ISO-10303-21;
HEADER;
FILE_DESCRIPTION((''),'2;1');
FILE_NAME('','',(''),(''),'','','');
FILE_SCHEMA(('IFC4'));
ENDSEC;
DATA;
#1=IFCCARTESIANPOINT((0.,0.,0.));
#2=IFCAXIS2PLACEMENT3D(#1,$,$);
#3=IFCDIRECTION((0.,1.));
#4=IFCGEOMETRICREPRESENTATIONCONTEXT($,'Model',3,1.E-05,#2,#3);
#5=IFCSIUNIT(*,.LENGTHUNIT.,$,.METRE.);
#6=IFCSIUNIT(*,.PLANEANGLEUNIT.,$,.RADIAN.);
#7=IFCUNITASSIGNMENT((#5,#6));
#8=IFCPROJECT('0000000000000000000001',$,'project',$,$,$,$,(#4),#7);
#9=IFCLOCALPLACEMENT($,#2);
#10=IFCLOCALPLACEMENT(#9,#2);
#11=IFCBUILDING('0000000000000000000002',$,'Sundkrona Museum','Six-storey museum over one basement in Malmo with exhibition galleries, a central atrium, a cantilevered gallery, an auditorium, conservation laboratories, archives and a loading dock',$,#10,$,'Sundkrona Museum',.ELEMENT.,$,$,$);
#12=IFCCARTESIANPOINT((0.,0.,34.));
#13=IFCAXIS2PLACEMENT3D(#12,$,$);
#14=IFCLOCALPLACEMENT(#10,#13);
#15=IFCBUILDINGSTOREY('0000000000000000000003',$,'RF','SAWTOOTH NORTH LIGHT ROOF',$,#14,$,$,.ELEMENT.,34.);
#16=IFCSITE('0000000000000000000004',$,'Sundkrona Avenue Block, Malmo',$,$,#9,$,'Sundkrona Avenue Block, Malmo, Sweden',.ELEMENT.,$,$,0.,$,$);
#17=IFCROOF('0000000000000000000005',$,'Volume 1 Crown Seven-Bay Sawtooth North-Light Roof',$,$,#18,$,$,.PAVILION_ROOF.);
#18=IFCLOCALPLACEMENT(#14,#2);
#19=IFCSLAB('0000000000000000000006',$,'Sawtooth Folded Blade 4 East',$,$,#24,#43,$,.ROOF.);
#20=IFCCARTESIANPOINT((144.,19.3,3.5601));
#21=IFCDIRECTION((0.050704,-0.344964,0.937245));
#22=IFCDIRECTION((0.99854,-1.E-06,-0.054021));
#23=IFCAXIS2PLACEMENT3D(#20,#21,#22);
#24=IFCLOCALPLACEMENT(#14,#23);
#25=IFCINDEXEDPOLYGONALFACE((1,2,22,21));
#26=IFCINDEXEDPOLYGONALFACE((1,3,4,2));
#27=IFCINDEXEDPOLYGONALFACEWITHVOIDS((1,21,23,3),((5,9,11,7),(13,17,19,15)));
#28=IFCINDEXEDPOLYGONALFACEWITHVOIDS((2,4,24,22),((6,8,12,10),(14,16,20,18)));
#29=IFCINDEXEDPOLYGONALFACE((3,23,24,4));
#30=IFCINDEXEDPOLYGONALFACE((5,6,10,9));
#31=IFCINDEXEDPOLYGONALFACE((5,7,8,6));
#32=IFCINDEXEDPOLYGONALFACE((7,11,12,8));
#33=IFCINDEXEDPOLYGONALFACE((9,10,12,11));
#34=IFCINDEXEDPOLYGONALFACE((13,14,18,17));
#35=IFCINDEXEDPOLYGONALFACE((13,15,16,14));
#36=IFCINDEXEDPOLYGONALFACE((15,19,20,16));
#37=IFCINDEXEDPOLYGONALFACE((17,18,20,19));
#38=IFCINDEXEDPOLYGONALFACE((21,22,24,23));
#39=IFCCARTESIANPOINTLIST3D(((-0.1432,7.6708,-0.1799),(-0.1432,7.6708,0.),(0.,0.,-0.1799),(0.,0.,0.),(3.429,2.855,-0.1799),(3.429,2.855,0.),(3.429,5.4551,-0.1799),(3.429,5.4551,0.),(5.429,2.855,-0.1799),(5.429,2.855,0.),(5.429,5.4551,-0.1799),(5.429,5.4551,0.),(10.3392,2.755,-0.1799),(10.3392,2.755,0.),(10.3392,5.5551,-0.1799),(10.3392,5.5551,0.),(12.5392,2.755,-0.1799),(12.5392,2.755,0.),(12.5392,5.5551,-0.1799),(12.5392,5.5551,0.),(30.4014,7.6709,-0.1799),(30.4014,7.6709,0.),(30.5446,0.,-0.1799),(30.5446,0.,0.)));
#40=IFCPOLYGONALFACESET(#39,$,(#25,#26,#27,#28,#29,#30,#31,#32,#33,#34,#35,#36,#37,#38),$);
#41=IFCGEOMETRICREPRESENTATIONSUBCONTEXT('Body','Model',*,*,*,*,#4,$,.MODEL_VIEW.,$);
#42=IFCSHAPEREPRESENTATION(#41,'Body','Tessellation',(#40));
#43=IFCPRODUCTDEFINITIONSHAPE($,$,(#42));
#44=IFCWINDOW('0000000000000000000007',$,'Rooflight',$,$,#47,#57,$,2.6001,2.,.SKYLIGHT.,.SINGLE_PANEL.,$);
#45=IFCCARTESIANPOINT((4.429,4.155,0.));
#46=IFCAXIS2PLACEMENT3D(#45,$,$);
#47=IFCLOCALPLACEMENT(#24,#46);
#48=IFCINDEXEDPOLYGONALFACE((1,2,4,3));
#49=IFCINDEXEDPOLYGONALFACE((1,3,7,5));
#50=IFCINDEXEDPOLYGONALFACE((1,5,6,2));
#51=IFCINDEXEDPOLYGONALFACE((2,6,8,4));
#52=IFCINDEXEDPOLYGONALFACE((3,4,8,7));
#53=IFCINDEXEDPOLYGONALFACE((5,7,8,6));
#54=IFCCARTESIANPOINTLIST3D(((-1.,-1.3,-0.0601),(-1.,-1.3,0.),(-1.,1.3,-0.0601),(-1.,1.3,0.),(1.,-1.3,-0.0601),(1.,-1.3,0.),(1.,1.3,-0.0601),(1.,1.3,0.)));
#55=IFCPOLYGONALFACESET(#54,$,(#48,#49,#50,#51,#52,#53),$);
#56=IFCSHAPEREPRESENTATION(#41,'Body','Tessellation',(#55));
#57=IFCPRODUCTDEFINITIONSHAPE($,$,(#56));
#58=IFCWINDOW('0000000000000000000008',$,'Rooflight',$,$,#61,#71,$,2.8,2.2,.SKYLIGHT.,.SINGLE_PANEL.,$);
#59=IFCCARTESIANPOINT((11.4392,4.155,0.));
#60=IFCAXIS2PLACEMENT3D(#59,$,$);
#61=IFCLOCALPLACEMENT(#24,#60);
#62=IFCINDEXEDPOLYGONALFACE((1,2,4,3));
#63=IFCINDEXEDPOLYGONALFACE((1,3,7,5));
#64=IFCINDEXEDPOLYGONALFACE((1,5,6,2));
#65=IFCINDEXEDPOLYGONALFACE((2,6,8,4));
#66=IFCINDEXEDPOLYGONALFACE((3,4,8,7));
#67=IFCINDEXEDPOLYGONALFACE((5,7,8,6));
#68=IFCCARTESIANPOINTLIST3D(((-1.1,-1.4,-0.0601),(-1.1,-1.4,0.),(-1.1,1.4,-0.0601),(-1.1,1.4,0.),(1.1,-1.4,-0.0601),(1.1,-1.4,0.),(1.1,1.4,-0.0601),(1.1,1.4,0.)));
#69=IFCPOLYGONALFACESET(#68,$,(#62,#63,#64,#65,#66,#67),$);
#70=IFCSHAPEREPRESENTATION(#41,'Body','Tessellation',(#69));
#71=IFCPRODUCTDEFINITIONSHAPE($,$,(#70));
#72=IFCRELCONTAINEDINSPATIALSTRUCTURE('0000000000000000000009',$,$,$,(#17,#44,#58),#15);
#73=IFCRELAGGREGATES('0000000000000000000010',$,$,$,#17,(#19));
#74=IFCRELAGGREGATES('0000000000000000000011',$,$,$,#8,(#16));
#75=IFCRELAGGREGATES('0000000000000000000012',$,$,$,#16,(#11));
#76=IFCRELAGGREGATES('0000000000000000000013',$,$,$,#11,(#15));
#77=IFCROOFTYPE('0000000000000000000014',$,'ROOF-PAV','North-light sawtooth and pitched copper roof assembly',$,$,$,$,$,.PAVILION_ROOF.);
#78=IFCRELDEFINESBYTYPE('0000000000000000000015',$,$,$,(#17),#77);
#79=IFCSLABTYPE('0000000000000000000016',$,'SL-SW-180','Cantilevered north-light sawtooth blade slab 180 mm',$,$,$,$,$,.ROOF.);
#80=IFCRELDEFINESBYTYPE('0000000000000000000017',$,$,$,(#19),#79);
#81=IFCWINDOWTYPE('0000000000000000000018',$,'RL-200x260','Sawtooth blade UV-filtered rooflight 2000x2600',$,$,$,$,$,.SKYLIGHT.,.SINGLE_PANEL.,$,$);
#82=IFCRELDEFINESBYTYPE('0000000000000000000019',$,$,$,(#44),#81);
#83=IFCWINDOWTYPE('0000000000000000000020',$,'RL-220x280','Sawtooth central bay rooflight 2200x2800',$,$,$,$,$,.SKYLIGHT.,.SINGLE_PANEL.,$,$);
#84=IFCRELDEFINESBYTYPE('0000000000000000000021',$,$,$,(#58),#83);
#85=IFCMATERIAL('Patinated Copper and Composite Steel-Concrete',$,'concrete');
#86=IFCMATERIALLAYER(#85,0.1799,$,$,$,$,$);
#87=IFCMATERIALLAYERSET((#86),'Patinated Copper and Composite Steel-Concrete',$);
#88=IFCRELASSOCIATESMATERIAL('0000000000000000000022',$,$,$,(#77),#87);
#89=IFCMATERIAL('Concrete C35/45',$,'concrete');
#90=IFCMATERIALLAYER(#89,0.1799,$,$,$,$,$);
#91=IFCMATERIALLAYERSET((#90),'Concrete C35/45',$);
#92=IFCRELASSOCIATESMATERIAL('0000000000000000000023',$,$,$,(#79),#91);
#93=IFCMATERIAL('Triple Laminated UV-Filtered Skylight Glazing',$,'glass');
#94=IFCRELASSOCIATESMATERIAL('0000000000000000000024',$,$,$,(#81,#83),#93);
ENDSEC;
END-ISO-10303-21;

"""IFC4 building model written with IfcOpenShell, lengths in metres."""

from ifc_helpers import new_model, si_unit, direction, frame, origin, origin_2d, place, context, subcontext, project, spatial, polyline, rectangle, outline, extrude, material, layer, layer_set, type_object, element, fill, aggregate, save


model = new_model("IFC4")

# Units and contexts
model_context = context("Model", 3, precision=1e-05, world=origin(), true_north=direction((0.0, 1.0)))
body_context = subcontext(model_context, "Body", "Model", "MODEL_VIEW")
ifc_project = project(units=[si_unit("LENGTHUNIT", "METRE"), si_unit("PLANEANGLEUNIT", "RADIAN")], contexts=[model_context])

# Site, building, storey
site_placement = place(None, origin())
site = spatial("IfcSite", under=ifc_project, at=site_placement, Name="Sundkrona Avenue Block, Malmo", LongName="Sundkrona Avenue Block, Malmo, Sweden", CompositionType="ELEMENT", RefElevation=0.0)
building_placement = place(site_placement, origin())
building = spatial("IfcBuilding", under=site, at=building_placement, Name="Sundkrona Museum", Description="Six-storey museum over one basement in Malmo with exhibition galleries, a central atrium, a cantilevered gallery, an auditorium, conservation laboratories, archives and a loading dock", LongName="Sundkrona Museum", CompositionType="ELEMENT")
storey_placement = place(building_placement, frame((0.0, 0.0, 34.0)))
storey = spatial("IfcBuildingStorey", under=building, at=storey_placement, Name="RF", Description="SAWTOOTH NORTH LIGHT ROOF", CompositionType="ELEMENT", Elevation=34.0)

# Roof, slab, openings, windows
ifc_material_1 = material(Name="Patinated Copper and Composite Steel-Concrete", Category="concrete")
ifc_layer_1 = layer(ifc_material_1, 0.1799)
ifc_layer_set_1 = layer_set([ifc_layer_1], Name="Patinated Copper and Composite Steel-Concrete")
roof_type = type_object("IfcRoofType", Name="ROOF-PAV", Description="North-light sawtooth and pitched copper roof assembly", PredefinedType="PAVILION_ROOF", material=ifc_layer_set_1)
roof_placement = place(storey_placement, origin())
roof = element("IfcRoof", 1, at=roof_placement, inside=storey, type_object=roof_type, Name="Volume 1 Crown Seven-Bay Sawtooth North-Light Roof", PredefinedType="PAVILION_ROOF")
ifc_material_2 = material(Name="Concrete C35/45", Category="concrete")
ifc_layer_2 = layer(ifc_material_2, 0.1799)
ifc_layer_set_2 = layer_set([ifc_layer_2], Name="Concrete C35/45")
slab_type = type_object("IfcSlabType", Name="SL-SW-180", Description="Cantilevered north-light sawtooth blade slab 180 mm", PredefinedType="ROOF", material=ifc_layer_set_2)
slab_placement = place(storey_placement, frame((144.0, 19.3, 3.5601), z_axis=(0.050704, -0.344964, 0.937245), x_axis=(0.99854, -0.000001, -0.054021)))
slab = element("IfcSlab", 2, at=slab_placement, type_object=slab_type, Name="Sawtooth Folded Blade 4 East", PredefinedType="ROOF", context=body_context, shape_type="SweptSolid", body=[
    extrude(outline(polyline([(0.0, 0.0), (30.5446, 0.0), (30.4014, 7.6709), (-0.1432, 7.6708), (0.0, 0.0)])), origin(), (0.0, 0.0, -1.0), 0.1799),
])
opening_1_placement = place(slab_placement, frame((4.429, 4.155, 0.01)))
opening_1 = element("IfcOpeningElement", 3, at=opening_1_placement, cuts=slab, PredefinedType="OPENING", context=body_context, shape_type="SweptSolid", body=[
    extrude(rectangle(XDim=2.0, YDim=2.6001, at=origin_2d()), origin(), (0.0, 0.0, -1.0), 0.2),
])
opening_2_placement = place(slab_placement, frame((11.4392, 4.155, 0.01)))
opening_2 = element("IfcOpeningElement", 4, at=opening_2_placement, cuts=slab, PredefinedType="OPENING", context=body_context, shape_type="SweptSolid", body=[
    extrude(rectangle(XDim=2.2, YDim=2.8, at=origin_2d()), origin(), (0.0, 0.0, -1.0), 0.2),
])
ifc_material_3 = material(Name="Triple Laminated UV-Filtered Skylight Glazing", Category="glass")
window_type_1 = type_object("IfcWindowType", Name="RL-200x260", Description="Sawtooth blade UV-filtered rooflight 2000x2600", PartitioningType="SINGLE_PANEL", PredefinedType="SKYLIGHT", material=ifc_material_3)
window_1_placement = place(slab_placement, frame((4.429, 4.155, 0.0)))
window_1 = element("IfcWindow", 5, at=window_1_placement, inside=storey, type_object=window_type_1, Name="Rooflight", OverallHeight=2.6001, OverallWidth=2.0, PartitioningType="SINGLE_PANEL", PredefinedType="SKYLIGHT", context=body_context, shape_type="SweptSolid", body=[
    extrude(rectangle(XDim=2.0, YDim=2.6001, at=origin_2d()), origin(), (0.0, 0.0, -1.0), 0.0601),
])
fill(opening_1, window_1)
window_type_2 = type_object("IfcWindowType", Name="RL-220x280", Description="Sawtooth central bay rooflight 2200x2800", PartitioningType="SINGLE_PANEL", PredefinedType="SKYLIGHT", material=ifc_material_3)
window_2_placement = place(slab_placement, frame((11.4392, 4.155, 0.0)))
window_2 = element("IfcWindow", 6, at=window_2_placement, inside=storey, type_object=window_type_2, Name="Rooflight", OverallHeight=2.8, OverallWidth=2.2, PartitioningType="SINGLE_PANEL", PredefinedType="SKYLIGHT", context=body_context, shape_type="SweptSolid", body=[
    extrude(rectangle(XDim=2.2, YDim=2.8, at=origin_2d()), origin(), (0.0, 0.0, -1.0), 0.0601),
])
fill(opening_2, window_2)
aggregate(roof, [slab])

save(model, "model.ifc")
